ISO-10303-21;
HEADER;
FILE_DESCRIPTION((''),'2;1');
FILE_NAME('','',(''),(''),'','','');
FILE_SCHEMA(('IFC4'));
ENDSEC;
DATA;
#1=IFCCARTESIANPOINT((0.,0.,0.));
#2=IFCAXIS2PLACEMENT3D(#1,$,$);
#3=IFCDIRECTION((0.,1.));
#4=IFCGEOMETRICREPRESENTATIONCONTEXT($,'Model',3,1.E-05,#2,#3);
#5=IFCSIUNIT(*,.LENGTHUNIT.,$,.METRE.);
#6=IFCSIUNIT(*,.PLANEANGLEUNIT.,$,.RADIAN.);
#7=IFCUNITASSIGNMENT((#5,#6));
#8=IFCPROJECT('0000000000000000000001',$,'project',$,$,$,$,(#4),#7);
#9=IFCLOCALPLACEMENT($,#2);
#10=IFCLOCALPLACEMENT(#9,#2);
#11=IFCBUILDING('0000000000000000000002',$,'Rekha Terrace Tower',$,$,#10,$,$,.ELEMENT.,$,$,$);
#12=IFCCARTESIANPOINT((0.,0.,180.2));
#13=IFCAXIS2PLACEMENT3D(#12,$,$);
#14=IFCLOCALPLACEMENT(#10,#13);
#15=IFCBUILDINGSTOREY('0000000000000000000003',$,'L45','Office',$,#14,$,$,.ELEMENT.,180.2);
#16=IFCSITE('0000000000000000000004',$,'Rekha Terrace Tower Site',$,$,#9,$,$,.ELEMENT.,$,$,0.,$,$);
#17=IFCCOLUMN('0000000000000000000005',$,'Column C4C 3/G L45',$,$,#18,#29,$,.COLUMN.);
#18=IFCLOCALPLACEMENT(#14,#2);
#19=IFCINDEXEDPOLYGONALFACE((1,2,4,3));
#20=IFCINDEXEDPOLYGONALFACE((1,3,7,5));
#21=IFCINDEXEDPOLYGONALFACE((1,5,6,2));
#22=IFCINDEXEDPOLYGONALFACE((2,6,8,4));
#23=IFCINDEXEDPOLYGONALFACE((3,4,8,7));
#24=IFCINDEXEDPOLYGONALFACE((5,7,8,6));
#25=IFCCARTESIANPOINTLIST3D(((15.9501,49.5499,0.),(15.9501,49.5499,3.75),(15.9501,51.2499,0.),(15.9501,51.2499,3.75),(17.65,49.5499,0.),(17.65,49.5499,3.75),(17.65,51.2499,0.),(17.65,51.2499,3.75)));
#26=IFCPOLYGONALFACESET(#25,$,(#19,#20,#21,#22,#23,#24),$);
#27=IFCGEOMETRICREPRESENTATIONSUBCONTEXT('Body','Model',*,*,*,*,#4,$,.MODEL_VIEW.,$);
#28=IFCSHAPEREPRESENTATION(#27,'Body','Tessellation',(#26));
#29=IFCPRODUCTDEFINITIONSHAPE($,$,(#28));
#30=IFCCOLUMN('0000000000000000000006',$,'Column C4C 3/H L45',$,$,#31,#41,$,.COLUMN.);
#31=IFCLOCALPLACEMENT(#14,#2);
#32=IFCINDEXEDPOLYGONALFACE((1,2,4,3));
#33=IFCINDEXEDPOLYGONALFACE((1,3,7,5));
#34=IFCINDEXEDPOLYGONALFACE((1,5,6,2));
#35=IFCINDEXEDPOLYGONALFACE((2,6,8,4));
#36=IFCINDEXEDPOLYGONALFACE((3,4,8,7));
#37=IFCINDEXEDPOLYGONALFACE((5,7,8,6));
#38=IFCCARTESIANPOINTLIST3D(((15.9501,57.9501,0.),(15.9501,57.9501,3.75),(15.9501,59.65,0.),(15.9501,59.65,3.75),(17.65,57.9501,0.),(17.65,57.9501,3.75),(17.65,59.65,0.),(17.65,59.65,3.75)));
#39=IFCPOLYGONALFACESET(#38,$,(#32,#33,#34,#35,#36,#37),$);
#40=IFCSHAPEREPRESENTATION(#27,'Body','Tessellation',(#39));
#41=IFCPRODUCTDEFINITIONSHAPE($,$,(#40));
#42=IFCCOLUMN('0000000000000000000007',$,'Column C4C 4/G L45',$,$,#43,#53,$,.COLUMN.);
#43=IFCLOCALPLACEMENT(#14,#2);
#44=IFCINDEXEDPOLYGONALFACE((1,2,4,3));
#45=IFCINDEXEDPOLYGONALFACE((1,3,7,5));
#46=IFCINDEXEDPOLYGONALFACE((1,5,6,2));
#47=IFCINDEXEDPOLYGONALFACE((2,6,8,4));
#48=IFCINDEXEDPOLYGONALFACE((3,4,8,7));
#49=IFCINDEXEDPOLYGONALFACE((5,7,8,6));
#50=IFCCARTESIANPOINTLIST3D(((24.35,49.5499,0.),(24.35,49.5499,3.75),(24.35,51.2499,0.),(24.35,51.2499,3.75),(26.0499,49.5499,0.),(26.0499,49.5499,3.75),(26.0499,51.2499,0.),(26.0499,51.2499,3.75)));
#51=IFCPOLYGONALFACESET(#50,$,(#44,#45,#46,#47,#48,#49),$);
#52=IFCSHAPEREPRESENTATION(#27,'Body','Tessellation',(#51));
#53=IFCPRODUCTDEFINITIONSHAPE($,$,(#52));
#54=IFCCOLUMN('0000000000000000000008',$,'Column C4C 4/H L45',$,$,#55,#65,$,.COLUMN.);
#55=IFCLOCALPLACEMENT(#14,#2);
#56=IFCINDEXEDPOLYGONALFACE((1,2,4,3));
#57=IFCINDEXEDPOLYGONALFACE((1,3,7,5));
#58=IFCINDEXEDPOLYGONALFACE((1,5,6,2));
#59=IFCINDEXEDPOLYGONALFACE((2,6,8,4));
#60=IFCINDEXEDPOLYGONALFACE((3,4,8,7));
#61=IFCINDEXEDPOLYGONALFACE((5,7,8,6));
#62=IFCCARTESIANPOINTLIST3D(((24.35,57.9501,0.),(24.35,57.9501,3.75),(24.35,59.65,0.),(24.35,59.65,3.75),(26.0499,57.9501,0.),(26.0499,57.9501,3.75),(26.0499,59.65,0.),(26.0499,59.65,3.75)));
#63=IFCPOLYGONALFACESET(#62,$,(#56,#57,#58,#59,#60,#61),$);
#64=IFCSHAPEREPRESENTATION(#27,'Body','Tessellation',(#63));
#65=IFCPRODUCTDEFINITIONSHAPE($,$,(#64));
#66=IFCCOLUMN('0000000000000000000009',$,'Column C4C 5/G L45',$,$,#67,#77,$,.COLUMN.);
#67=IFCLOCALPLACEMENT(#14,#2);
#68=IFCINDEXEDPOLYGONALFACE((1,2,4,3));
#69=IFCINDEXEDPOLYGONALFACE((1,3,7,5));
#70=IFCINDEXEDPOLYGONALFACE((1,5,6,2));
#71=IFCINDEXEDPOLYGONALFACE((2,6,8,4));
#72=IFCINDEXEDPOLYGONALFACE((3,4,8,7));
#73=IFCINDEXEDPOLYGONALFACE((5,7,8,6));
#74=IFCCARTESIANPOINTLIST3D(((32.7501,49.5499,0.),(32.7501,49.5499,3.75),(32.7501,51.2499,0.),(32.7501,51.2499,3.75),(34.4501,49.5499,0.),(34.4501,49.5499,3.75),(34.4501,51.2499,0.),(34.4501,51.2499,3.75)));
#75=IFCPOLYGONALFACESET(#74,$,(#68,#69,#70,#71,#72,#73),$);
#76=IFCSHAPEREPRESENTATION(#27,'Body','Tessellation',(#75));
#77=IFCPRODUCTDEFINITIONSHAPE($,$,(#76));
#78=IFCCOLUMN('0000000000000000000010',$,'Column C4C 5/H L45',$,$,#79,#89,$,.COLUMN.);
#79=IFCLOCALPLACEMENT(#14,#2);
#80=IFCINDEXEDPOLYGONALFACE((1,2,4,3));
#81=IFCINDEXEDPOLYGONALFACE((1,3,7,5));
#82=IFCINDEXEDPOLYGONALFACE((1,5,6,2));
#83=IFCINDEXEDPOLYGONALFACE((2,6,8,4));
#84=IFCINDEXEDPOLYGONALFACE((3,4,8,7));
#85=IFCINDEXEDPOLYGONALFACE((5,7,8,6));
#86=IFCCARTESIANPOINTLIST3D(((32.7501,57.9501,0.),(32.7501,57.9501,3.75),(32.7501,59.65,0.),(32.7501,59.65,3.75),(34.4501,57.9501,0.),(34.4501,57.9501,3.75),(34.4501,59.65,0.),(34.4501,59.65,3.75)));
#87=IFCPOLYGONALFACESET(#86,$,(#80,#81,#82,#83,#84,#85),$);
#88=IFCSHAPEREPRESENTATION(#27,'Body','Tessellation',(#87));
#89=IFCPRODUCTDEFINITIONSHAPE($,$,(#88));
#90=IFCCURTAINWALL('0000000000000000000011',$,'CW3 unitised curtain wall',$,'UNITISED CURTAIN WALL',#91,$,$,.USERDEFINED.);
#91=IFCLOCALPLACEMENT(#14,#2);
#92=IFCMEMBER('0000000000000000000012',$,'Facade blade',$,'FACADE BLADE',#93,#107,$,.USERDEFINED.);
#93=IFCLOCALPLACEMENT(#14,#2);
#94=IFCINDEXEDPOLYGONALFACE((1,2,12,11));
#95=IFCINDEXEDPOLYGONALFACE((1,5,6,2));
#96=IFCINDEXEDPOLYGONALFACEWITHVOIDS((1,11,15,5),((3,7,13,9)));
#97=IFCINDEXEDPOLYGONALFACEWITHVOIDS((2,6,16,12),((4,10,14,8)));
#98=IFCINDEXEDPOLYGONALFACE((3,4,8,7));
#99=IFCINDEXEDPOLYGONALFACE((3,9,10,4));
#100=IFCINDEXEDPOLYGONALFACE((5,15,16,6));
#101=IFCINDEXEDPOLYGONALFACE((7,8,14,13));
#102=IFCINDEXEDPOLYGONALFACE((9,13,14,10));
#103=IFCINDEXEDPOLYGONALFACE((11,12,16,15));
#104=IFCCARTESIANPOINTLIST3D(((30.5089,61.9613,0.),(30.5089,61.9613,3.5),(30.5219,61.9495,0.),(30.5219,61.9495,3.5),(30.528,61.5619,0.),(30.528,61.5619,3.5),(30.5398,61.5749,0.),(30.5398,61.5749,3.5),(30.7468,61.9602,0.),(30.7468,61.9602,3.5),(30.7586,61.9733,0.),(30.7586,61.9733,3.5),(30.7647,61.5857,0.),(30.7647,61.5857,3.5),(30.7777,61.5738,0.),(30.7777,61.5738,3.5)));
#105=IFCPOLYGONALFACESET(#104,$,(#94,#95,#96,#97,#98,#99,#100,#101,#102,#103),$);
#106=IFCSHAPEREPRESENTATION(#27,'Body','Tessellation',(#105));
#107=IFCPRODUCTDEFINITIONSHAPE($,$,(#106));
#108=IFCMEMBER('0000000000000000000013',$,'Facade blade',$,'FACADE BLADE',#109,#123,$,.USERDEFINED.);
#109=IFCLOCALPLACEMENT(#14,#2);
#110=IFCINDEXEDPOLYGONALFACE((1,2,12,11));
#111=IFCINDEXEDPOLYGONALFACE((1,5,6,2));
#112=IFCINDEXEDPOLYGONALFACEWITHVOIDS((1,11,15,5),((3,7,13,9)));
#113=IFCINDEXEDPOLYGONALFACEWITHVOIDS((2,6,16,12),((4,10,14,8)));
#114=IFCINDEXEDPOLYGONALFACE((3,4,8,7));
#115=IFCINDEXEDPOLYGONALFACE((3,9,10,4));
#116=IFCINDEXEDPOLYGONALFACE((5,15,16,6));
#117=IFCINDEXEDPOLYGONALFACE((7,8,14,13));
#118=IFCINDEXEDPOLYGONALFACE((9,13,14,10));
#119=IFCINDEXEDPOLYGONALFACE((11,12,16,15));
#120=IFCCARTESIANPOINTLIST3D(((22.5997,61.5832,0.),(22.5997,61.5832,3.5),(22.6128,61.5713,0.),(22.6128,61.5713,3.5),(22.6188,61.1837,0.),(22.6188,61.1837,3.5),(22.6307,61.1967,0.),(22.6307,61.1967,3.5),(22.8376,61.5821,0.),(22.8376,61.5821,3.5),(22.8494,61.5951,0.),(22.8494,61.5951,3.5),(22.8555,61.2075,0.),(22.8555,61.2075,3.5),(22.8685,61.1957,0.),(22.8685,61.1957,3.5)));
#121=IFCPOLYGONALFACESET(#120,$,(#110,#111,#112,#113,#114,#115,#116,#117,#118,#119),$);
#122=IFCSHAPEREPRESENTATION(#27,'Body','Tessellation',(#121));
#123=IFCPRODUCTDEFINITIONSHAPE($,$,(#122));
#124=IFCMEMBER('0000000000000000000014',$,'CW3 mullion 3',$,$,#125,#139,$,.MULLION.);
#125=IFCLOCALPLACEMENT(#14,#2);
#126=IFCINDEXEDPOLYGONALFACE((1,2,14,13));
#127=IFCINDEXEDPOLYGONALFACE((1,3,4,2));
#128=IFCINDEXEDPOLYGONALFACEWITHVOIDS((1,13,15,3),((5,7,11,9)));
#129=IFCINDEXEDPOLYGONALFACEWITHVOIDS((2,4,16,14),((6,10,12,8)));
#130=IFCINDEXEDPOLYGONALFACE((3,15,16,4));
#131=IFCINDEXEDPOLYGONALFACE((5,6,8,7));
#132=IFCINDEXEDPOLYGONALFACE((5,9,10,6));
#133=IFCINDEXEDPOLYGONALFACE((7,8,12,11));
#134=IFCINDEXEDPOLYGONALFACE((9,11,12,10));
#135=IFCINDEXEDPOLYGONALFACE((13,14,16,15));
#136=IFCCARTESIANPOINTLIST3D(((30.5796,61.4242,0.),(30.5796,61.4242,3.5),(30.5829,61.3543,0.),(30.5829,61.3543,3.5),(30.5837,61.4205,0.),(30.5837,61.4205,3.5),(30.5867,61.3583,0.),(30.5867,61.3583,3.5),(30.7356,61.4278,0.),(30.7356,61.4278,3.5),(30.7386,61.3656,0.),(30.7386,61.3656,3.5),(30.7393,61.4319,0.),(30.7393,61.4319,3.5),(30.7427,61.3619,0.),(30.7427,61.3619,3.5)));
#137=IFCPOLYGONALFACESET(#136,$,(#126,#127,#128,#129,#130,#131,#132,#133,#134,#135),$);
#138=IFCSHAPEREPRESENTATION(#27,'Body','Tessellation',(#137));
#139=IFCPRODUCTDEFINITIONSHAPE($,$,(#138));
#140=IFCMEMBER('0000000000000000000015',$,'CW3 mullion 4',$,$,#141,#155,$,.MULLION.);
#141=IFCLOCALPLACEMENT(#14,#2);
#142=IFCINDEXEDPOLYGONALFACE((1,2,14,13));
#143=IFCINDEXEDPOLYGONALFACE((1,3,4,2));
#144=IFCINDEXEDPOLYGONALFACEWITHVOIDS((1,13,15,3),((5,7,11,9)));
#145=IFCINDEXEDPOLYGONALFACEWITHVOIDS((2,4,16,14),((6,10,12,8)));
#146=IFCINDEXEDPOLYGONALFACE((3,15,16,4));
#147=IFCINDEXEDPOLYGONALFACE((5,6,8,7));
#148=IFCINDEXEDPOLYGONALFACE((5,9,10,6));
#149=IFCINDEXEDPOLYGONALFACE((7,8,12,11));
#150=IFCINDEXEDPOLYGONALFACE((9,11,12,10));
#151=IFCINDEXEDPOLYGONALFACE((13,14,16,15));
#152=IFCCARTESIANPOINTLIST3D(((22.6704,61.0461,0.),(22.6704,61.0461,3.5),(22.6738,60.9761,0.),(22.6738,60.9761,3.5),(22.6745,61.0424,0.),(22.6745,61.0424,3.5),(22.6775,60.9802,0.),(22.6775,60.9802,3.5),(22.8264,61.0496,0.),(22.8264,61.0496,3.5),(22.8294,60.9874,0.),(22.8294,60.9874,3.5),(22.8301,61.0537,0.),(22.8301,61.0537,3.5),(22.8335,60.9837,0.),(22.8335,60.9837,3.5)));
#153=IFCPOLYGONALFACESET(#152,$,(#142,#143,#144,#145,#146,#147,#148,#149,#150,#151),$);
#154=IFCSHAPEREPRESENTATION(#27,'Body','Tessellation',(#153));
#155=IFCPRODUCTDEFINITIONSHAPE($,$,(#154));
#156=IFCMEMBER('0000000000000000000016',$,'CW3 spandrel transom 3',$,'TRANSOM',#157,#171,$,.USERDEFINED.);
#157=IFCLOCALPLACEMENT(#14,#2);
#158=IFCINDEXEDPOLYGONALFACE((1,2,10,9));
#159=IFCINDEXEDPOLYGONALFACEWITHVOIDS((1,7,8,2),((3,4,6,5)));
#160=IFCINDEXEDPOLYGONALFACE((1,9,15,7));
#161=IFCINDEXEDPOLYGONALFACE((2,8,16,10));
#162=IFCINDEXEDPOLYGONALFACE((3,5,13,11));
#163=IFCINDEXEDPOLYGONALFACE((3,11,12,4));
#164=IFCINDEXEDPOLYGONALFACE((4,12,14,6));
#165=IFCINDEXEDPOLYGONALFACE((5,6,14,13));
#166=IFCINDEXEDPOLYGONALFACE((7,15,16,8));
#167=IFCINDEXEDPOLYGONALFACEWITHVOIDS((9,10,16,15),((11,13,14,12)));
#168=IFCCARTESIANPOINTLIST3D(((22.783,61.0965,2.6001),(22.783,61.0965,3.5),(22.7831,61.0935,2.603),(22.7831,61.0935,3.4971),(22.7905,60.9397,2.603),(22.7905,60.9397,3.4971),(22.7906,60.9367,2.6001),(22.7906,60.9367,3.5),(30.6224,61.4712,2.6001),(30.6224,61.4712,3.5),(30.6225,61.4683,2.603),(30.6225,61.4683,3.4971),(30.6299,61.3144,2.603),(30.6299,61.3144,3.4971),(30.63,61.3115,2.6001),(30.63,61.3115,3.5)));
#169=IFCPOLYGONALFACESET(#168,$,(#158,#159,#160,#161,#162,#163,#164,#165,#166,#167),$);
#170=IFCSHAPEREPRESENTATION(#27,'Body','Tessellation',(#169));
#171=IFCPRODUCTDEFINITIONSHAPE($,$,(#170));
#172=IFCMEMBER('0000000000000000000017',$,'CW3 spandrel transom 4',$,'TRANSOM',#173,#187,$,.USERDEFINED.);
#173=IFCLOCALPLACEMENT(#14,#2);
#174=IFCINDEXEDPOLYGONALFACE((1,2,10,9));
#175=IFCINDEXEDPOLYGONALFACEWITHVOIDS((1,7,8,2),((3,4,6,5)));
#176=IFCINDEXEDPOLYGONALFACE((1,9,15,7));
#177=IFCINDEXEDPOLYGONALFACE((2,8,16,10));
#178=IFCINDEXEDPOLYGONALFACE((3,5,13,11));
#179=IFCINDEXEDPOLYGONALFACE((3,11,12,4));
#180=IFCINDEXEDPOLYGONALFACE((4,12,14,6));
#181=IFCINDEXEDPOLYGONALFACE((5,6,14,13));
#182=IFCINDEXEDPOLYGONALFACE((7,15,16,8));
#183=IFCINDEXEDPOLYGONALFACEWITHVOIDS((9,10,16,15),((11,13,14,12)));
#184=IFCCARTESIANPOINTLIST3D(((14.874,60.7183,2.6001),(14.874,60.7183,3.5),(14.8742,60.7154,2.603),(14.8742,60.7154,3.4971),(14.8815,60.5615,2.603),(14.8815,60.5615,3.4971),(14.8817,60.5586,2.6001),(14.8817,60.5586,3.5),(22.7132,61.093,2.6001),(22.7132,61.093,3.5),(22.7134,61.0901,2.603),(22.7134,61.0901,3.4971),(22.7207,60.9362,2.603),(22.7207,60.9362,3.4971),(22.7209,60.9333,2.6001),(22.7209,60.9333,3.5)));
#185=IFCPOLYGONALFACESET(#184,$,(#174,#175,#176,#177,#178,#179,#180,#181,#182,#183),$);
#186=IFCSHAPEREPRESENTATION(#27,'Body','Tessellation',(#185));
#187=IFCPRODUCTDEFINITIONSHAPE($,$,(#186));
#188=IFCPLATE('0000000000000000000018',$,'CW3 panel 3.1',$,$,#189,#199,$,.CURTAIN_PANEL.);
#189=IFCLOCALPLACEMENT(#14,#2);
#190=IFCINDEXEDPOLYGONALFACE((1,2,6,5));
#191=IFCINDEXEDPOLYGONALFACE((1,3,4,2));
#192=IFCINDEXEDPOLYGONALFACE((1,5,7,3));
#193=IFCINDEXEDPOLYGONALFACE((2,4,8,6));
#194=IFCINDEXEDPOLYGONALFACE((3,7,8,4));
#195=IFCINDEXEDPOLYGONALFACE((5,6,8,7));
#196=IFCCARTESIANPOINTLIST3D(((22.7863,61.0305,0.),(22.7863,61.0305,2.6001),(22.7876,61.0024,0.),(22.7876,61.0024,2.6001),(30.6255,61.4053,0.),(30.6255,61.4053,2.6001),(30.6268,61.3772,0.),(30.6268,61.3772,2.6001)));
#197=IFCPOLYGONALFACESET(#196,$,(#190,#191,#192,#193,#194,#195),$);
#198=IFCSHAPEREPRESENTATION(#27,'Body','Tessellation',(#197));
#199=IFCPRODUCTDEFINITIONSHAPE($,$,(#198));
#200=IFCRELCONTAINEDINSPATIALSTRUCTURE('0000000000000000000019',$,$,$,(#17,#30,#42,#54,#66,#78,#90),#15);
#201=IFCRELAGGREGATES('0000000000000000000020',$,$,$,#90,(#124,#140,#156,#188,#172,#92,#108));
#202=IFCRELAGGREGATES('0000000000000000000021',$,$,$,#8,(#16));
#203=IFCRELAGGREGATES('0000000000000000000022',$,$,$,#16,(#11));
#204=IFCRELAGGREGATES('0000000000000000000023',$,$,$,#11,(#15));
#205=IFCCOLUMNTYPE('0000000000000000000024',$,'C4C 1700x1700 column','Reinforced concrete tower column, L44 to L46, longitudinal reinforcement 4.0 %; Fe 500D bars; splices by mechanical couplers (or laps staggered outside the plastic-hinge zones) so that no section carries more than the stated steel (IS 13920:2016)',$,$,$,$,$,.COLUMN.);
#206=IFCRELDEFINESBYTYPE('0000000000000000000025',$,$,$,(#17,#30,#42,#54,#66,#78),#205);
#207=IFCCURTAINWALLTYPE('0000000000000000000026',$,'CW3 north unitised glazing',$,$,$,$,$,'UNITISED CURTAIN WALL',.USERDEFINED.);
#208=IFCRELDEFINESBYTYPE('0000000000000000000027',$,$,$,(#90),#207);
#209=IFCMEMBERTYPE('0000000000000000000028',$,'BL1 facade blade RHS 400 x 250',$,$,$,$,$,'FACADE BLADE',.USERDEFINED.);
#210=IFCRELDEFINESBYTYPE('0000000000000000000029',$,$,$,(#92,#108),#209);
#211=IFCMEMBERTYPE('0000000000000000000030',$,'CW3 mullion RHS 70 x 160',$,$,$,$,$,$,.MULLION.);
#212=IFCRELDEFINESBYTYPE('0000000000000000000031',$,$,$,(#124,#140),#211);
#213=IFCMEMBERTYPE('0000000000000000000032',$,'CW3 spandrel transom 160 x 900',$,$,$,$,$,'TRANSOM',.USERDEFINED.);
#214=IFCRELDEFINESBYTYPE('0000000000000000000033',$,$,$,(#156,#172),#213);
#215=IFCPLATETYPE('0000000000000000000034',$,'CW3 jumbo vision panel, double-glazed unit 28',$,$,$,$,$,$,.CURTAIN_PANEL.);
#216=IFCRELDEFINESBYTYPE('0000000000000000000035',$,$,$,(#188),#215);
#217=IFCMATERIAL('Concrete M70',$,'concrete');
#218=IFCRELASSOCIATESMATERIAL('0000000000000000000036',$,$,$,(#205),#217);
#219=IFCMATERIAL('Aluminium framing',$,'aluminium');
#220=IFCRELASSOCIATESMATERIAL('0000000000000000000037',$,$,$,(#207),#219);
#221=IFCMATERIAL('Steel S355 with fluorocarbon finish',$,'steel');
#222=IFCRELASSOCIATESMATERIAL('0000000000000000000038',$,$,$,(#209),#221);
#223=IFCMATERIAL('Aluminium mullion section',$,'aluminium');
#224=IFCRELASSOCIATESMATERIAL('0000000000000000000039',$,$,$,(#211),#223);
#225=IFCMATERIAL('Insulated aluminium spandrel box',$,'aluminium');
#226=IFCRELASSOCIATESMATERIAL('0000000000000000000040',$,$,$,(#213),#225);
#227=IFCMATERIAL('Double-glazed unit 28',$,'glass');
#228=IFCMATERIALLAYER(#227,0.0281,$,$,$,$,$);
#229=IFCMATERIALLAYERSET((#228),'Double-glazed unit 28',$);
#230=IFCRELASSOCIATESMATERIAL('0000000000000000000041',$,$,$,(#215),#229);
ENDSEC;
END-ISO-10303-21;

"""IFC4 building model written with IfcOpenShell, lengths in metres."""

from ifc_helpers import new_model, si_unit, direction, frame, origin, origin_2d, place, context, subcontext, project, spatial, rectangle, hollow_rectangle, extrude, material, layer, layer_set, material_profile, profile_set, type_object, element, aggregate, save


model = new_model("IFC4")

# Units and contexts
model_context = context("Model", 3, precision=1e-05, world=origin(), true_north=direction((0.0, 1.0)))
body_context = subcontext(model_context, "Body", "Model", "MODEL_VIEW")
ifc_project = project(units=[si_unit("LENGTHUNIT", "METRE"), si_unit("PLANEANGLEUNIT", "RADIAN")], contexts=[model_context])

# Site, building, storey
site_placement = place(None, origin())
site = spatial("IfcSite", under=ifc_project, at=site_placement, Name="Rekha Terrace Tower Site", CompositionType="ELEMENT", RefElevation=0.0)
building_placement = place(site_placement, origin())
building = spatial("IfcBuilding", under=site, at=building_placement, Name="Rekha Terrace Tower", CompositionType="ELEMENT")
storey_placement = place(building_placement, frame((0.0, 0.0, 180.2)))
storey = spatial("IfcBuildingStorey", under=building, at=storey_placement, Name="L45", Description="Office", CompositionType="ELEMENT", Elevation=180.2)

# Columns
ifc_material_1 = material(Name="Concrete M70", Category="concrete")
ifc_material_profile_1 = material_profile(ifc_material_1, rectangle(XDim=1.7, YDim=1.7, at=origin_2d()), Name="RC 1700x1700")
ifc_profile_set_1 = profile_set([ifc_material_profile_1], Name="Concrete M70")
column_type = type_object("IfcColumnType", Name="C4C 1700x1700 column", Description="Reinforced concrete tower column, L44 to L46, longitudinal reinforcement 4.0 %; Fe 500D bars; splices by mechanical couplers (or laps staggered outside the plastic-hinge zones) so that no section carries more than the stated steel (IS 13920:2016)", PredefinedType="COLUMN", material=ifc_profile_set_1)
for number, where, z_axis, x_axis, name in (
    (1, (16.8, 50.3999, 0.0), (0.0, 0.0, 1.0), (1.0, 0.0, 0.0), "Column C4C 3/G L45"),
    (2, (16.8, 58.8, 0.0), (0.0, 0.0, 1.0), (1.0, 0.0, 0.0), "Column C4C 3/H L45"),
    (3, (25.2, 50.3999, 0.0), (0.0, 0.0, 1.0), (1.0, 0.0, 0.0), "Column C4C 4/G L45"),
    (4, (25.2, 58.8, 0.0), (0.0, 0.0, 1.0), (1.0, 0.0, 0.0), "Column C4C 4/H L45"),
    (5, (33.6001, 50.3999, 0.0), (0.0, 0.0, 1.0), (1.0, 0.0, 0.0), "Column C4C 5/G L45"),
    (6, (33.6001, 58.8, 0.0), (0.0, 0.0, 1.0), (1.0, 0.0, 0.0), "Column C4C 5/H L45"),
):
    element("IfcColumn", number, at=place(storey_placement, frame(where, z_axis=z_axis, x_axis=x_axis)), inside=storey, type_object=column_type, Name=name, PredefinedType="COLUMN", context=body_context, shape_type="SweptSolid", body=[
        extrude(rectangle(XDim=1.7, YDim=1.7, at=origin_2d()), origin(), (0.0, 0.0, 1.0), 3.75),
    ])

# Curtain wall, members, plate
ifc_material_2 = material(Name="Aluminium framing", Category="aluminium")
curtain_wall_type = type_object("IfcCurtainWallType", Name="CW3 north unitised glazing", ElementType="UNITISED CURTAIN WALL", PredefinedType="USERDEFINED", material=ifc_material_2)
curtain_wall_placement = place(storey_placement, origin())
curtain_wall = element("IfcCurtainWall", 7, at=curtain_wall_placement, inside=storey, type_object=curtain_wall_type, Name="CW3 unitised curtain wall", ObjectType="UNITISED CURTAIN WALL", PredefinedType="USERDEFINED")
ifc_material_3 = material(Name="Steel S355 with fluorocarbon finish", Category="steel")
ifc_material_profile_2 = material_profile(ifc_material_3, hollow_rectangle(XDim=0.25, YDim=0.3999, WallThickness=0.0125, at=origin_2d()), Name="RHS400x250x12.5")
ifc_profile_set_2 = profile_set([ifc_material_profile_2], Name="Steel S355 with fluorocarbon finish")
member_type_1 = type_object("IfcMemberType", Name="BL1 facade blade RHS 400 x 250", ElementType="FACADE BLADE", PredefinedType="USERDEFINED", material=ifc_profile_set_2)
member_1_placement = place(storey_placement, frame((30.6433, 61.7676, 0.0), z_axis=(0.0, 0.0, 1.0), x_axis=(-0.998859, -0.047758, 0.0)))
member_1 = element("IfcMember", 8, at=member_1_placement, type_object=member_type_1, Name="Facade blade", ObjectType="FACADE BLADE", PredefinedType="USERDEFINED", context=body_context, shape_type="SweptSolid", body=[
    extrude(hollow_rectangle(XDim=0.25, YDim=0.3999, WallThickness=0.0125, at=origin_2d()), origin(), (0.0, 0.0, 1.0), 3.5),
])
member_2_placement = place(storey_placement, frame((22.7341, 61.3894, 0.0), z_axis=(0.0, 0.0, 1.0), x_axis=(-0.998859, -0.047758, 0.0)))
member_2 = element("IfcMember", 9, at=member_2_placement, type_object=member_type_1, Name="Facade blade", ObjectType="FACADE BLADE", PredefinedType="USERDEFINED", context=body_context, shape_type="SweptSolid", body=[
    extrude(hollow_rectangle(XDim=0.25, YDim=0.3999, WallThickness=0.0125, at=origin_2d()), origin(), (0.0, 0.0, 1.0), 3.5),
])
ifc_material_4 = material(Name="Aluminium mullion section", Category="aluminium")
ifc_material_profile_3 = material_profile(ifc_material_4, hollow_rectangle(XDim=0.0701, YDim=0.1599, WallThickness=0.0039, at=origin_2d()), Name="AL RHS 70x160")
ifc_profile_set_3 = profile_set([ifc_material_profile_3], Name="Aluminium mullion section")
member_type_2 = type_object("IfcMemberType", Name="CW3 mullion RHS 70 x 160", PredefinedType="MULLION", material=ifc_profile_set_3)
member_3_placement = place(storey_placement, frame((30.6611, 61.3931, 0.0), z_axis=(0.0, 0.0, 1.0), x_axis=(0.047759, -0.998859, 0.0)))
member_3 = element("IfcMember", 10, at=member_3_placement, type_object=member_type_2, Name="CW3 mullion 3", PredefinedType="MULLION", context=body_context, shape_type="SweptSolid", body=[
    extrude(hollow_rectangle(XDim=0.0701, YDim=0.1599, WallThickness=0.0039, at=origin_2d()), origin(), (0.0, 0.0, 1.0), 3.5),
])
member_4_placement = place(storey_placement, frame((22.752, 61.0149, 0.0), z_axis=(0.0, 0.0, 1.0), x_axis=(0.047759, -0.998859, 0.0)))
member_4 = element("IfcMember", 11, at=member_4_placement, type_object=member_type_2, Name="CW3 mullion 4", PredefinedType="MULLION", context=body_context, shape_type="SweptSolid", body=[
    extrude(hollow_rectangle(XDim=0.0701, YDim=0.1599, WallThickness=0.0039, at=origin_2d()), origin(), (0.0, 0.0, 1.0), 3.5),
])
ifc_material_5 = material(Name="Insulated aluminium spandrel box", Category="aluminium")
ifc_material_profile_4 = material_profile(ifc_material_5, hollow_rectangle(XDim=0.1599, YDim=0.8999, WallThickness=0.0029, at=origin_2d()), Name="AL SPANDREL BOX 160x900")
ifc_profile_set_4 = profile_set([ifc_material_profile_4], Name="Insulated aluminium spandrel box")
member_type_3 = type_object("IfcMemberType", Name="CW3 spandrel transom 160 x 900", ElementType="TRANSOM", PredefinedType="USERDEFINED", material=ifc_profile_set_4)
member_5_placement = place(storey_placement, frame((30.6262, 61.3914, 3.05), z_axis=(-0.998859, -0.04775, 0.0), x_axis=(0.04775, -0.998859, 0.0)))
member_5 = element("IfcMember", 12, at=member_5_placement, type_object=member_type_3, Name="CW3 spandrel transom 3", ObjectType="TRANSOM", PredefinedType="USERDEFINED", context=body_context, shape_type="SweptSolid", body=[
    extrude(hollow_rectangle(XDim=0.1599, YDim=0.8999, WallThickness=0.0029, at=origin_2d()), origin(), (0.0, 0.0, 1.0), 7.8484),
])
member_6_placement = place(storey_placement, frame((22.717, 61.0132, 3.05), z_axis=(-0.998859, -0.047751, 0.0), x_axis=(0.047751, -0.998859, 0.0)))
member_6 = element("IfcMember", 13, at=member_6_placement, type_object=member_type_3, Name="CW3 spandrel transom 4", ObjectType="TRANSOM", PredefinedType="USERDEFINED", context=body_context, shape_type="SweptSolid", body=[
    extrude(hollow_rectangle(XDim=0.1599, YDim=0.8999, WallThickness=0.0029, at=origin_2d()), origin(), (0.0, 0.0, 1.0), 7.8481),
])
ifc_material_6 = material(Name="Double-glazed unit 28", Category="glass")
ifc_layer_1 = layer(ifc_material_6, 0.0281)
ifc_layer_set_1 = layer_set([ifc_layer_1], Name="Double-glazed unit 28")
plate_type = type_object("IfcPlateType", Name="CW3 jumbo vision panel, double-glazed unit 28", PredefinedType="CURTAIN_PANEL", material=ifc_layer_set_1)
plate_1_placement = place(storey_placement, frame((26.7065, 61.2039, 0.0), z_axis=(0.0, 0.0, 1.0), x_axis=(-0.998859, -0.047759, 0.0)))
plate_1 = element("IfcPlate", 14, at=plate_1_placement, type_object=plate_type, Name="CW3 panel 3.1", PredefinedType="CURTAIN_PANEL", context=body_context, shape_type="SweptSolid", body=[
    extrude(rectangle(XDim=7.8481, YDim=0.0281, at=origin_2d()), origin(), (0.0, 0.0, 1.0), 2.6001),
])
aggregate(curtain_wall, [member_3, member_4, member_5, plate_1, member_6, member_1, member_2])

save(model, "model.ifc")
